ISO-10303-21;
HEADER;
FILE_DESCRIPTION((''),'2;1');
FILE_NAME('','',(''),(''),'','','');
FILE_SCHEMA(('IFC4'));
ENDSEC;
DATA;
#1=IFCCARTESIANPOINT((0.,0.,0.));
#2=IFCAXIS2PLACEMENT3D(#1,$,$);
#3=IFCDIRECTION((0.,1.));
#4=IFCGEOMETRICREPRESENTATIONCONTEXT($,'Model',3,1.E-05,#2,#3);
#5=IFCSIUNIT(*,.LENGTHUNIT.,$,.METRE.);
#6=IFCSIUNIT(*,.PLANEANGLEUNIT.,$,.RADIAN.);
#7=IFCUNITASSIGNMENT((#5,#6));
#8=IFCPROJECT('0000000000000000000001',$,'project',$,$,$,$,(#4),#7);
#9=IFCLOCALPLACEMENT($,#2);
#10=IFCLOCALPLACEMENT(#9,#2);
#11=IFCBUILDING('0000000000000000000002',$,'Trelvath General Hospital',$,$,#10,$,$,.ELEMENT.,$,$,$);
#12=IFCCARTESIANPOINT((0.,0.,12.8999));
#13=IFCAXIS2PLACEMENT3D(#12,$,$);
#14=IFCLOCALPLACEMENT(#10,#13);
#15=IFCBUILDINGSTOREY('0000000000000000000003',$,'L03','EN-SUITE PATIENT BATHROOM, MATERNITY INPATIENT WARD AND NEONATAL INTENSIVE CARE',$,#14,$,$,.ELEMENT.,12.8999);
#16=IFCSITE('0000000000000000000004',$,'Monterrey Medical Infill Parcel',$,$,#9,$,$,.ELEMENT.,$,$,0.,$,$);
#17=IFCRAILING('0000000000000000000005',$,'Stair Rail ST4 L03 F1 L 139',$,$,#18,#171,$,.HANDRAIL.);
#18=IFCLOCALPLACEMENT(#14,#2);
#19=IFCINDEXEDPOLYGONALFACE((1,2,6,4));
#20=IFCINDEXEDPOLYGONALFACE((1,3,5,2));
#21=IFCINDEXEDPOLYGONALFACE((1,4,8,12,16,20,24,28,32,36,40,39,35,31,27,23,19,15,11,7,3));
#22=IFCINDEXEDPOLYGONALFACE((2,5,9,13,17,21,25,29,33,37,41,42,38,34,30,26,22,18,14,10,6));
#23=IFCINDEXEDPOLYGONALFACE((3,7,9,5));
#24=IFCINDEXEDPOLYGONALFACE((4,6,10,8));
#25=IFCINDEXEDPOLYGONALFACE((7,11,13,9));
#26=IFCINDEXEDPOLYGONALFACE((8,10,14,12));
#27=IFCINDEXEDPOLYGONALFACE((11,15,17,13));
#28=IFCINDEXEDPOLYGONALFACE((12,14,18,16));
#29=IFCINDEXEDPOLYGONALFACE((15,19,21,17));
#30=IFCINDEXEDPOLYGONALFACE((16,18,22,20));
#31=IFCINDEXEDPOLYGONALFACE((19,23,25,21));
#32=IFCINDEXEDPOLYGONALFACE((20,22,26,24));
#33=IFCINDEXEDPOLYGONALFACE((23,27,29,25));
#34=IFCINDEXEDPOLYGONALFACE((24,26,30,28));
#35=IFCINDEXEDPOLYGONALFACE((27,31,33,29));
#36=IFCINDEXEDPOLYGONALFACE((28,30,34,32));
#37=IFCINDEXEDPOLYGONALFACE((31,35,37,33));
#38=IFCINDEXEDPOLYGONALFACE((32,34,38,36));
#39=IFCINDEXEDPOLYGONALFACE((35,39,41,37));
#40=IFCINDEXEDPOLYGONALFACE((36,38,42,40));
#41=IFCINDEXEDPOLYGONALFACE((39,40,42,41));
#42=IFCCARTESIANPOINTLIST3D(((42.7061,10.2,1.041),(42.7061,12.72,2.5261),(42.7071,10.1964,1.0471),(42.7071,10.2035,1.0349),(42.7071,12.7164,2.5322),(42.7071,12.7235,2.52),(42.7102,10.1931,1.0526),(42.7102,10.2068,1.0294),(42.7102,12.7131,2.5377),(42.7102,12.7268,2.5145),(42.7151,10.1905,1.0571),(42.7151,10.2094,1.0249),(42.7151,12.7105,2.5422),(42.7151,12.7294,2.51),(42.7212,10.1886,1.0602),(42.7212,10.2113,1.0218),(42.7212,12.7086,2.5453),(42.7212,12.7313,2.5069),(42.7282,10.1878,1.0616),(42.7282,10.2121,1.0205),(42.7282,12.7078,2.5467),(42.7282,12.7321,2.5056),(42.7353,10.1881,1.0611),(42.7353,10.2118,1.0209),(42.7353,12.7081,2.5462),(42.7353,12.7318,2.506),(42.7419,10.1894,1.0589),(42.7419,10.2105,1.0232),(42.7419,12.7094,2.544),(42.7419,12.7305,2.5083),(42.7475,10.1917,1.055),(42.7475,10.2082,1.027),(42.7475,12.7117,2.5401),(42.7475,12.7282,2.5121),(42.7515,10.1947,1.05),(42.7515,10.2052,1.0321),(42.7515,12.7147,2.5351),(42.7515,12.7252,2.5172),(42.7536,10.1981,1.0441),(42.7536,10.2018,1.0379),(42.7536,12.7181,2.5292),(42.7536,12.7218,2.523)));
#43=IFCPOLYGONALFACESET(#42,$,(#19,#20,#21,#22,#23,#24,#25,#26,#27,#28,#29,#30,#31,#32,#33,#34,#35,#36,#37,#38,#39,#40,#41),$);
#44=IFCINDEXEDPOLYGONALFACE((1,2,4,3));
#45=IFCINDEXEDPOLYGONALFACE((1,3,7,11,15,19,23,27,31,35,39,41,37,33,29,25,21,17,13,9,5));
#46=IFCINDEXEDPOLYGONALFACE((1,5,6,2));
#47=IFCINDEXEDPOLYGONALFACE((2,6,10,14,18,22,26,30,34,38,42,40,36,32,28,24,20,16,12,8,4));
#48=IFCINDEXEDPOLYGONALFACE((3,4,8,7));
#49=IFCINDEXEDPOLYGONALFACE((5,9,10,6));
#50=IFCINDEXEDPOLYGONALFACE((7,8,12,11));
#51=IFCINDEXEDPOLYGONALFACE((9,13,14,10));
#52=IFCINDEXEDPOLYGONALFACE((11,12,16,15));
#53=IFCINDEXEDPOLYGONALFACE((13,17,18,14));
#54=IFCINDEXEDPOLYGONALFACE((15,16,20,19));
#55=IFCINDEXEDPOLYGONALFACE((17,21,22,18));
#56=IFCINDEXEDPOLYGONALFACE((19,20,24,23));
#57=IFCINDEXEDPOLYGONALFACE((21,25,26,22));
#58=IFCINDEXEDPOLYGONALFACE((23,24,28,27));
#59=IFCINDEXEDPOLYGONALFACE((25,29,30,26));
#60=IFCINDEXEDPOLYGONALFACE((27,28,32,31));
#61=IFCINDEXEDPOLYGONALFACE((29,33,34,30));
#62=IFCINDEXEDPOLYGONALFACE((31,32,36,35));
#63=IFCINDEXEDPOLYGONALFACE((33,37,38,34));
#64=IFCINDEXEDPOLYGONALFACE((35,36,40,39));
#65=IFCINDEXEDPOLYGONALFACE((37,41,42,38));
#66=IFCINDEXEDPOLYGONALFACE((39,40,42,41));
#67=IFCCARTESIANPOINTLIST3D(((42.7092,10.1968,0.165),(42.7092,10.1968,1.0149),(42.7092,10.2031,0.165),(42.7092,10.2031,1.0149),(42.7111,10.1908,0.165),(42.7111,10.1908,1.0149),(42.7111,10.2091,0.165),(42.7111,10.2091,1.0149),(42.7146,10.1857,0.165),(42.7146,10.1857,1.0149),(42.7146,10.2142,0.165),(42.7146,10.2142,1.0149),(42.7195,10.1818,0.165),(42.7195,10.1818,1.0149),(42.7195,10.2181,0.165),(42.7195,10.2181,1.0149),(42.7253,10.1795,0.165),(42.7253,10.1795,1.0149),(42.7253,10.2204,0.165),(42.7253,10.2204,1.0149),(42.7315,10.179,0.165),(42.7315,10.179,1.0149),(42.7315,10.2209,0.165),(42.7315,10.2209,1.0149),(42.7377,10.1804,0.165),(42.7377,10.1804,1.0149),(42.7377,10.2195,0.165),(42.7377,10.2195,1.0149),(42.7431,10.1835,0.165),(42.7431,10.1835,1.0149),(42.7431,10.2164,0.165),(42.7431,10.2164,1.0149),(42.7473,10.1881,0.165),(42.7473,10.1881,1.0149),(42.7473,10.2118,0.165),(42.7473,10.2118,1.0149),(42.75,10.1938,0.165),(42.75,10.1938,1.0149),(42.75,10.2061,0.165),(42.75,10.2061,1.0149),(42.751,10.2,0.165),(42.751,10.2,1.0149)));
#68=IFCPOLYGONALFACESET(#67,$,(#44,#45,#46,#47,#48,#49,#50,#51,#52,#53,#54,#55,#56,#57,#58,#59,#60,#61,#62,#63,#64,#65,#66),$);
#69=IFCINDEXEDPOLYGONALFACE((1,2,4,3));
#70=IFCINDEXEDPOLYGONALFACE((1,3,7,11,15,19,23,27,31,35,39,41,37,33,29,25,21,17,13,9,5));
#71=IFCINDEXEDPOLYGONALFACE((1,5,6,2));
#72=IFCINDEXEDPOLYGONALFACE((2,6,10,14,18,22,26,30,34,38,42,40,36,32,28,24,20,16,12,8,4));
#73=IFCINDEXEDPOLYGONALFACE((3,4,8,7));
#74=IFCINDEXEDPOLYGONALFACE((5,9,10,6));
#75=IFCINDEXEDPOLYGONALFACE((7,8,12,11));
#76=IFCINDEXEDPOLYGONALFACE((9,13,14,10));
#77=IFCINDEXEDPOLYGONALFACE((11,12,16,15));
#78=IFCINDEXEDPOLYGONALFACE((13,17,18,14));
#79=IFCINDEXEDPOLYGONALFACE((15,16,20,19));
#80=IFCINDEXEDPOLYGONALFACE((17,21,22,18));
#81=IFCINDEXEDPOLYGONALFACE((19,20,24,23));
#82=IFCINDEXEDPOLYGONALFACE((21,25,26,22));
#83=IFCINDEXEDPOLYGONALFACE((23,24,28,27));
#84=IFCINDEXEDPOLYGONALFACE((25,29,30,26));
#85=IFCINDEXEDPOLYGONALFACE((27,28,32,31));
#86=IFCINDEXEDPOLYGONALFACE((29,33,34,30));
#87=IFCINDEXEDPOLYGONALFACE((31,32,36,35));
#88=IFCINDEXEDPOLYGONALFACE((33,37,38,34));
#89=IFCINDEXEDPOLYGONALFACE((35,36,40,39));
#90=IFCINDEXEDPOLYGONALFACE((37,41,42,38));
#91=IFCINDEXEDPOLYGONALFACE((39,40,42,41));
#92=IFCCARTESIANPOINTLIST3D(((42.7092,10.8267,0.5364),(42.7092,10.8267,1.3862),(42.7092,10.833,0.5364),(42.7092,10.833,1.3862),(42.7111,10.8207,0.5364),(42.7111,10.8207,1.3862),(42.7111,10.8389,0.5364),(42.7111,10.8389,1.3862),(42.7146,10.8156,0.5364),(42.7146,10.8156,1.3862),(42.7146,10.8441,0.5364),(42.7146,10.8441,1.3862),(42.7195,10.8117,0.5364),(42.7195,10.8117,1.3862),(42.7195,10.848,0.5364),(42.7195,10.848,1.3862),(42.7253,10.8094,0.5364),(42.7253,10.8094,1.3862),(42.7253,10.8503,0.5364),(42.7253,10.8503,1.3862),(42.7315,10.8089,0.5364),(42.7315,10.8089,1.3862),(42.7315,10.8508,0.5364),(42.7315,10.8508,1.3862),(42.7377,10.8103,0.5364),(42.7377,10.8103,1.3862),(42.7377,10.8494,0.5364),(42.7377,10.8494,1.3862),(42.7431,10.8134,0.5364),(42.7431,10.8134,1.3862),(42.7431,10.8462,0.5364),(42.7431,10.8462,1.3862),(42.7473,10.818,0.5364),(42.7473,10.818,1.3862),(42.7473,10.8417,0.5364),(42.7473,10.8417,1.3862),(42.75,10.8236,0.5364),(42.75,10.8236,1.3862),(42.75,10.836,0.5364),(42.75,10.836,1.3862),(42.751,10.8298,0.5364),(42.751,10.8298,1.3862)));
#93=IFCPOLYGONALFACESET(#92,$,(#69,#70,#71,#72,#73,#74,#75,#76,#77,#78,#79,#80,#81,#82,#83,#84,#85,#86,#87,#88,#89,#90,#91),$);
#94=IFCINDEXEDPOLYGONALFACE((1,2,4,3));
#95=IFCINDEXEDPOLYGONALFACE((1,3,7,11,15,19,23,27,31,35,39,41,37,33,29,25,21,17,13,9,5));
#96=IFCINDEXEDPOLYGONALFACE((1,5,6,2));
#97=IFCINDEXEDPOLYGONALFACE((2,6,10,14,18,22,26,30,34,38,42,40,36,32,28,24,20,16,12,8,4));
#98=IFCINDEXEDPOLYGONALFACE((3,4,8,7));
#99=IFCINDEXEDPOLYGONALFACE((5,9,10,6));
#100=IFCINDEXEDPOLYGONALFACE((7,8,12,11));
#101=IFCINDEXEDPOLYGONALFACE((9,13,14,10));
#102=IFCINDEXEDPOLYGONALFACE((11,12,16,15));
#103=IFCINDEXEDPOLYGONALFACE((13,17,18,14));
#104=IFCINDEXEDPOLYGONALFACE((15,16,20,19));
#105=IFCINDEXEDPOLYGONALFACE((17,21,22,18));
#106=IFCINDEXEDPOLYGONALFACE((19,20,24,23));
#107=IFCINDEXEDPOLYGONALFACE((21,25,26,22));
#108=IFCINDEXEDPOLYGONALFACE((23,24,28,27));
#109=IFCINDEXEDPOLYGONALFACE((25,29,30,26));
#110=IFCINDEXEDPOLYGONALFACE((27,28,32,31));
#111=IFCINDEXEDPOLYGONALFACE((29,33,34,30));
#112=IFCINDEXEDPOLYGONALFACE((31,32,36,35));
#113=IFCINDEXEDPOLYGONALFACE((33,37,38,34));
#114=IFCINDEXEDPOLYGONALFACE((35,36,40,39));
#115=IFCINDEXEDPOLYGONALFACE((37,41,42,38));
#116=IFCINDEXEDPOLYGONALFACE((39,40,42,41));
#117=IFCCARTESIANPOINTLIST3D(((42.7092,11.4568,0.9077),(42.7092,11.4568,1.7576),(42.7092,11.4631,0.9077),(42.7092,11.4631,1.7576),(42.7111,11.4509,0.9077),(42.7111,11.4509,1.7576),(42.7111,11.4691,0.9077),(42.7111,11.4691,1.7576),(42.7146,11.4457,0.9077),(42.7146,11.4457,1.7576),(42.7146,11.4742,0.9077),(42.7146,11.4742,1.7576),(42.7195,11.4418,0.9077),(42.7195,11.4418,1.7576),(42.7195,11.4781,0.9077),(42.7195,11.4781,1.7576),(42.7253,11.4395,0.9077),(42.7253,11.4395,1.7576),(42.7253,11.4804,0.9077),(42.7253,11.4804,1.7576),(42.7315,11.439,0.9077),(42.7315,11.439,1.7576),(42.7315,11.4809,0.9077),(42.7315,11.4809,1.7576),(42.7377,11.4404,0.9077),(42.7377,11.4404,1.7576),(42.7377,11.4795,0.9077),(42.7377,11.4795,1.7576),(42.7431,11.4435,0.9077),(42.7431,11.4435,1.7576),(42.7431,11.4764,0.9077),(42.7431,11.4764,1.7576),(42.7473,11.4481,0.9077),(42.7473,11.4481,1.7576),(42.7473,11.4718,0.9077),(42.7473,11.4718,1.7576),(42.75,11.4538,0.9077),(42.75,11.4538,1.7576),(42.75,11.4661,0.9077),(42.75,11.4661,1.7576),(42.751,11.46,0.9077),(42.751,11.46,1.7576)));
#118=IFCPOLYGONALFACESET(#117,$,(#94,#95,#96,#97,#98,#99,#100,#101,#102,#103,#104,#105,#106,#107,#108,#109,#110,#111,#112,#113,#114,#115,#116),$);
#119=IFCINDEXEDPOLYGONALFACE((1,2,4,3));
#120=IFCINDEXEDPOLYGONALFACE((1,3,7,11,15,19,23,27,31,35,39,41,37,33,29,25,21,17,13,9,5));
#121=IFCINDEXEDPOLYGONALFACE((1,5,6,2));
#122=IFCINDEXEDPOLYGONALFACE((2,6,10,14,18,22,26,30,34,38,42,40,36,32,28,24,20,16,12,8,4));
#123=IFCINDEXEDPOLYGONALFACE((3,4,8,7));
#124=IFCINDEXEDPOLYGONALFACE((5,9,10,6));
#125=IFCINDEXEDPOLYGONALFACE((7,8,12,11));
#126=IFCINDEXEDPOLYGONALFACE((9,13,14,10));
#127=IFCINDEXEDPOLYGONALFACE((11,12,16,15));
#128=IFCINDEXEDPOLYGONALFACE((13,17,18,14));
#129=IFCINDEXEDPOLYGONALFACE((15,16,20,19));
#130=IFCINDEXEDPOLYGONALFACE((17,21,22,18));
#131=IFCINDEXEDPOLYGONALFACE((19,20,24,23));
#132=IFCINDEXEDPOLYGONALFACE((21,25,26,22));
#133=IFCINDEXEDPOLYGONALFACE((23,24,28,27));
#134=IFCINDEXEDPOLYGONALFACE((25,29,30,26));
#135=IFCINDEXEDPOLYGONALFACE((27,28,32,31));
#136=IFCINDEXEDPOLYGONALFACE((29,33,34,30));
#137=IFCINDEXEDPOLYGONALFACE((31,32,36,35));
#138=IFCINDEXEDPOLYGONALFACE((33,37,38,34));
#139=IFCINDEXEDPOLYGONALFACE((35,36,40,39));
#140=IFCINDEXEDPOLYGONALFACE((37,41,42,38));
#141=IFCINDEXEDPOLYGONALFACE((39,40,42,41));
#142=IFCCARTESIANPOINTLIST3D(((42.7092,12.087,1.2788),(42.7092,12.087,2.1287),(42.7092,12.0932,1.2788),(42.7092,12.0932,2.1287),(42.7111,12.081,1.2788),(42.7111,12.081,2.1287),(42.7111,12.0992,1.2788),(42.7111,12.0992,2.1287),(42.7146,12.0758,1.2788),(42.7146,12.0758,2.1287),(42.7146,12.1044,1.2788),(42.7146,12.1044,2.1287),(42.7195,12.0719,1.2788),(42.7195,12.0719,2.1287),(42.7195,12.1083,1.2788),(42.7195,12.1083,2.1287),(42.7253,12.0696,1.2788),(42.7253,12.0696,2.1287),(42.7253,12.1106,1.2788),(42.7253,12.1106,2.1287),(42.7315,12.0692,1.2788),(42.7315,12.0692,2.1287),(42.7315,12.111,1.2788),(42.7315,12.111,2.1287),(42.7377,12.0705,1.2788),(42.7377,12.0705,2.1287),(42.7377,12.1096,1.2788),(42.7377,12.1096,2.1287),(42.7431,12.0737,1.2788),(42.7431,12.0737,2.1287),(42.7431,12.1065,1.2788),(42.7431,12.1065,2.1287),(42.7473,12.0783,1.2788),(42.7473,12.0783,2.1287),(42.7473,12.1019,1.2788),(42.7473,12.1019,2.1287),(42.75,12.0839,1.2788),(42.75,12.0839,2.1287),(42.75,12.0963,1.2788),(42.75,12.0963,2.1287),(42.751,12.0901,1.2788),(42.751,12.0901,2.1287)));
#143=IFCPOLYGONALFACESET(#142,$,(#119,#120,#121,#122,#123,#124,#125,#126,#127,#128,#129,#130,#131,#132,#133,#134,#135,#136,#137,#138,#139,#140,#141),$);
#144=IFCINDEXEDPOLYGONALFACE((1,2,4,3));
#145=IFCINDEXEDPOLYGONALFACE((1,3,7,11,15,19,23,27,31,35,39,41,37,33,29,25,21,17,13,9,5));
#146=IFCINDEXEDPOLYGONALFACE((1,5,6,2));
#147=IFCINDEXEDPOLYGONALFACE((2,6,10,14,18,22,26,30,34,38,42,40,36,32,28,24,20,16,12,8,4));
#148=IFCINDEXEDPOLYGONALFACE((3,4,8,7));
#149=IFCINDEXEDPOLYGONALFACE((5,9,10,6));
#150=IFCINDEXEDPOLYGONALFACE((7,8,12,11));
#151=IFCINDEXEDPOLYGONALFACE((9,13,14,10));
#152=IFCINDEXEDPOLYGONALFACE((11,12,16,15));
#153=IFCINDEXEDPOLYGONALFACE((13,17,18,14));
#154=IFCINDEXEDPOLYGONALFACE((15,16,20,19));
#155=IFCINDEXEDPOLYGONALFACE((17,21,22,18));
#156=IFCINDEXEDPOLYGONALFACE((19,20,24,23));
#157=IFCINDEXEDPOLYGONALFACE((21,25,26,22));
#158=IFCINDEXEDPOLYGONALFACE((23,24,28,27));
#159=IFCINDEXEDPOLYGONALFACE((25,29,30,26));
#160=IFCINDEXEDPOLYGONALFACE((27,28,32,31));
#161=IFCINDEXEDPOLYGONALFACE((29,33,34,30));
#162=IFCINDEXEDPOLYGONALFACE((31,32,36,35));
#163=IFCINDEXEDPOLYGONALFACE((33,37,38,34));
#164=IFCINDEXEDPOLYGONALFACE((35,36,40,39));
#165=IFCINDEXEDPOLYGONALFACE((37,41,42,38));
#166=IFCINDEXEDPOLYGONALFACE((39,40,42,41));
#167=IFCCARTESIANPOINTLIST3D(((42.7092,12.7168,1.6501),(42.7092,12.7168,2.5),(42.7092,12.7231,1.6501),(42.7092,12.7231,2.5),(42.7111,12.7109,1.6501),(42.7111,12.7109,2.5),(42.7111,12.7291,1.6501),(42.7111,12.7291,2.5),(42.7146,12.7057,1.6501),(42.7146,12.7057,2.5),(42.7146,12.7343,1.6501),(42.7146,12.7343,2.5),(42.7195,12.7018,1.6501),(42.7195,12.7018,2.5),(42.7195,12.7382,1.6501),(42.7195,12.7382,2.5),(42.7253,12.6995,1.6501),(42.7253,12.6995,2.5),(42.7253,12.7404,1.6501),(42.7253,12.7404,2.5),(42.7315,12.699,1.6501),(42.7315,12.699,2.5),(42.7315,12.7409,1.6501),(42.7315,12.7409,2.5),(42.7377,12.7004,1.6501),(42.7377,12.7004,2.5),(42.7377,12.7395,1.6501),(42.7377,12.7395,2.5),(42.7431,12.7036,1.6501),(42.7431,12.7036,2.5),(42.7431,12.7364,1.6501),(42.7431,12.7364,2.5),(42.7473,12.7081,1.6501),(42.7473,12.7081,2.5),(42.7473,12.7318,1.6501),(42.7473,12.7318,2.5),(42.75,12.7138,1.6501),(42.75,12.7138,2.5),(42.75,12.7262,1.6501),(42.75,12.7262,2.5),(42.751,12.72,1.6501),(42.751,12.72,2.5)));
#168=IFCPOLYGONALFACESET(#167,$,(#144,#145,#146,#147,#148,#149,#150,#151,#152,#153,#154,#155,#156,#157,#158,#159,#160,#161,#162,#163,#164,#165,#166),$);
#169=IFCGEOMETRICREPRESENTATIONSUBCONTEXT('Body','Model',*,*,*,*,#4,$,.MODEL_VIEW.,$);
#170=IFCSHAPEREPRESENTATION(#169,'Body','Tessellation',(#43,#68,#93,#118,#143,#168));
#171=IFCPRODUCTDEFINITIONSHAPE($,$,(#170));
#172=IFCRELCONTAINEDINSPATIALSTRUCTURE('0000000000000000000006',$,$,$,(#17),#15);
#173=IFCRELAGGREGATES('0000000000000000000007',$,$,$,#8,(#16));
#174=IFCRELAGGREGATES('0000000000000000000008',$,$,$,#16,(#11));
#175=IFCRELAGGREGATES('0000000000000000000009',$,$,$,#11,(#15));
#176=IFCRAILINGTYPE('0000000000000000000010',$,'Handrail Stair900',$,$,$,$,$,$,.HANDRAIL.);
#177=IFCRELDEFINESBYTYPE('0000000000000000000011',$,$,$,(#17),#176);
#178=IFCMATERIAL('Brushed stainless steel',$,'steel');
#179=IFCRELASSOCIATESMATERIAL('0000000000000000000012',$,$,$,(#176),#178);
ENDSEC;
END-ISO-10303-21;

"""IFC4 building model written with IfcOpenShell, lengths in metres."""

from ifc_helpers import new_model, si_unit, direction, frame, origin, origin_2d, place, context, subcontext, project, spatial, circle, extrude, material, type_object, element, save


model = new_model("IFC4")

# Units and contexts
model_context = context("Model", 3, precision=1e-05, world=origin(), true_north=direction((0.0, 1.0)))
body_context = subcontext(model_context, "Body", "Model", "MODEL_VIEW")
ifc_project = project(units=[si_unit("LENGTHUNIT", "METRE"), si_unit("PLANEANGLEUNIT", "RADIAN")], contexts=[model_context])

# Site, building, storey
site_placement = place(None, origin())
site = spatial("IfcSite", under=ifc_project, at=site_placement, Name="Monterrey Medical Infill Parcel", CompositionType="ELEMENT", RefElevation=0.0)
building_placement = place(site_placement, origin())
building = spatial("IfcBuilding", under=site, at=building_placement, Name="Trelvath General Hospital", CompositionType="ELEMENT")
storey_placement = place(building_placement, frame((0.0, 0.0, 12.8999)))
storey = spatial("IfcBuildingStorey", under=building, at=storey_placement, Name="L03", Description="EN-SUITE PATIENT BATHROOM, MATERNITY INPATIENT WARD AND NEONATAL INTENSIVE CARE", CompositionType="ELEMENT", Elevation=12.8999)

# Railing
ifc_material_1 = material(Name="Brushed stainless steel", Category="steel")
railing_type_1 = type_object("IfcRailingType", Name="Handrail Stair900", PredefinedType="HANDRAIL", material=ifc_material_1)
railing_1_placement = place(storey_placement, frame((42.73, 10.2, 0.165)))
element("IfcRailing", 1, at=railing_1_placement, inside=storey, type_object=railing_type_1, Name="Stair Rail ST4 L03 F1 L 139", PredefinedType="HANDRAIL", context=body_context, shape_type="SweptSolid", body=[
    extrude(circle(Radius=0.0239, at=origin_2d()), frame((0.0, 0.0, 0.876), z_axis=(0.0, 0.861524, 0.507717), x_axis=(-1.0, 0.0, 0.0)), (0.0, 0.0, 1.0), 2.925),
    extrude(circle(Radius=0.021, at=origin_2d()), origin(), (0.0, 0.0, 1.0), 0.8499),
    extrude(circle(Radius=0.021, at=origin_2d()), frame((0.0, 0.6299, 0.3713)), (0.0, 0.0, 1.0), 0.8499),
    extrude(circle(Radius=0.021, at=origin_2d()), frame((0.0, 1.26, 0.7427)), (0.0, 0.0, 1.0), 0.8499),
    extrude(circle(Radius=0.021, at=origin_2d()), frame((0.0, 1.8901, 1.1138)), (0.0, 0.0, 1.0), 0.8499),
    extrude(circle(Radius=0.021, at=origin_2d()), frame((0.0, 2.52, 1.4851)), (0.0, 0.0, 1.0), 0.8499),
])

save(model, "model.ifc")
